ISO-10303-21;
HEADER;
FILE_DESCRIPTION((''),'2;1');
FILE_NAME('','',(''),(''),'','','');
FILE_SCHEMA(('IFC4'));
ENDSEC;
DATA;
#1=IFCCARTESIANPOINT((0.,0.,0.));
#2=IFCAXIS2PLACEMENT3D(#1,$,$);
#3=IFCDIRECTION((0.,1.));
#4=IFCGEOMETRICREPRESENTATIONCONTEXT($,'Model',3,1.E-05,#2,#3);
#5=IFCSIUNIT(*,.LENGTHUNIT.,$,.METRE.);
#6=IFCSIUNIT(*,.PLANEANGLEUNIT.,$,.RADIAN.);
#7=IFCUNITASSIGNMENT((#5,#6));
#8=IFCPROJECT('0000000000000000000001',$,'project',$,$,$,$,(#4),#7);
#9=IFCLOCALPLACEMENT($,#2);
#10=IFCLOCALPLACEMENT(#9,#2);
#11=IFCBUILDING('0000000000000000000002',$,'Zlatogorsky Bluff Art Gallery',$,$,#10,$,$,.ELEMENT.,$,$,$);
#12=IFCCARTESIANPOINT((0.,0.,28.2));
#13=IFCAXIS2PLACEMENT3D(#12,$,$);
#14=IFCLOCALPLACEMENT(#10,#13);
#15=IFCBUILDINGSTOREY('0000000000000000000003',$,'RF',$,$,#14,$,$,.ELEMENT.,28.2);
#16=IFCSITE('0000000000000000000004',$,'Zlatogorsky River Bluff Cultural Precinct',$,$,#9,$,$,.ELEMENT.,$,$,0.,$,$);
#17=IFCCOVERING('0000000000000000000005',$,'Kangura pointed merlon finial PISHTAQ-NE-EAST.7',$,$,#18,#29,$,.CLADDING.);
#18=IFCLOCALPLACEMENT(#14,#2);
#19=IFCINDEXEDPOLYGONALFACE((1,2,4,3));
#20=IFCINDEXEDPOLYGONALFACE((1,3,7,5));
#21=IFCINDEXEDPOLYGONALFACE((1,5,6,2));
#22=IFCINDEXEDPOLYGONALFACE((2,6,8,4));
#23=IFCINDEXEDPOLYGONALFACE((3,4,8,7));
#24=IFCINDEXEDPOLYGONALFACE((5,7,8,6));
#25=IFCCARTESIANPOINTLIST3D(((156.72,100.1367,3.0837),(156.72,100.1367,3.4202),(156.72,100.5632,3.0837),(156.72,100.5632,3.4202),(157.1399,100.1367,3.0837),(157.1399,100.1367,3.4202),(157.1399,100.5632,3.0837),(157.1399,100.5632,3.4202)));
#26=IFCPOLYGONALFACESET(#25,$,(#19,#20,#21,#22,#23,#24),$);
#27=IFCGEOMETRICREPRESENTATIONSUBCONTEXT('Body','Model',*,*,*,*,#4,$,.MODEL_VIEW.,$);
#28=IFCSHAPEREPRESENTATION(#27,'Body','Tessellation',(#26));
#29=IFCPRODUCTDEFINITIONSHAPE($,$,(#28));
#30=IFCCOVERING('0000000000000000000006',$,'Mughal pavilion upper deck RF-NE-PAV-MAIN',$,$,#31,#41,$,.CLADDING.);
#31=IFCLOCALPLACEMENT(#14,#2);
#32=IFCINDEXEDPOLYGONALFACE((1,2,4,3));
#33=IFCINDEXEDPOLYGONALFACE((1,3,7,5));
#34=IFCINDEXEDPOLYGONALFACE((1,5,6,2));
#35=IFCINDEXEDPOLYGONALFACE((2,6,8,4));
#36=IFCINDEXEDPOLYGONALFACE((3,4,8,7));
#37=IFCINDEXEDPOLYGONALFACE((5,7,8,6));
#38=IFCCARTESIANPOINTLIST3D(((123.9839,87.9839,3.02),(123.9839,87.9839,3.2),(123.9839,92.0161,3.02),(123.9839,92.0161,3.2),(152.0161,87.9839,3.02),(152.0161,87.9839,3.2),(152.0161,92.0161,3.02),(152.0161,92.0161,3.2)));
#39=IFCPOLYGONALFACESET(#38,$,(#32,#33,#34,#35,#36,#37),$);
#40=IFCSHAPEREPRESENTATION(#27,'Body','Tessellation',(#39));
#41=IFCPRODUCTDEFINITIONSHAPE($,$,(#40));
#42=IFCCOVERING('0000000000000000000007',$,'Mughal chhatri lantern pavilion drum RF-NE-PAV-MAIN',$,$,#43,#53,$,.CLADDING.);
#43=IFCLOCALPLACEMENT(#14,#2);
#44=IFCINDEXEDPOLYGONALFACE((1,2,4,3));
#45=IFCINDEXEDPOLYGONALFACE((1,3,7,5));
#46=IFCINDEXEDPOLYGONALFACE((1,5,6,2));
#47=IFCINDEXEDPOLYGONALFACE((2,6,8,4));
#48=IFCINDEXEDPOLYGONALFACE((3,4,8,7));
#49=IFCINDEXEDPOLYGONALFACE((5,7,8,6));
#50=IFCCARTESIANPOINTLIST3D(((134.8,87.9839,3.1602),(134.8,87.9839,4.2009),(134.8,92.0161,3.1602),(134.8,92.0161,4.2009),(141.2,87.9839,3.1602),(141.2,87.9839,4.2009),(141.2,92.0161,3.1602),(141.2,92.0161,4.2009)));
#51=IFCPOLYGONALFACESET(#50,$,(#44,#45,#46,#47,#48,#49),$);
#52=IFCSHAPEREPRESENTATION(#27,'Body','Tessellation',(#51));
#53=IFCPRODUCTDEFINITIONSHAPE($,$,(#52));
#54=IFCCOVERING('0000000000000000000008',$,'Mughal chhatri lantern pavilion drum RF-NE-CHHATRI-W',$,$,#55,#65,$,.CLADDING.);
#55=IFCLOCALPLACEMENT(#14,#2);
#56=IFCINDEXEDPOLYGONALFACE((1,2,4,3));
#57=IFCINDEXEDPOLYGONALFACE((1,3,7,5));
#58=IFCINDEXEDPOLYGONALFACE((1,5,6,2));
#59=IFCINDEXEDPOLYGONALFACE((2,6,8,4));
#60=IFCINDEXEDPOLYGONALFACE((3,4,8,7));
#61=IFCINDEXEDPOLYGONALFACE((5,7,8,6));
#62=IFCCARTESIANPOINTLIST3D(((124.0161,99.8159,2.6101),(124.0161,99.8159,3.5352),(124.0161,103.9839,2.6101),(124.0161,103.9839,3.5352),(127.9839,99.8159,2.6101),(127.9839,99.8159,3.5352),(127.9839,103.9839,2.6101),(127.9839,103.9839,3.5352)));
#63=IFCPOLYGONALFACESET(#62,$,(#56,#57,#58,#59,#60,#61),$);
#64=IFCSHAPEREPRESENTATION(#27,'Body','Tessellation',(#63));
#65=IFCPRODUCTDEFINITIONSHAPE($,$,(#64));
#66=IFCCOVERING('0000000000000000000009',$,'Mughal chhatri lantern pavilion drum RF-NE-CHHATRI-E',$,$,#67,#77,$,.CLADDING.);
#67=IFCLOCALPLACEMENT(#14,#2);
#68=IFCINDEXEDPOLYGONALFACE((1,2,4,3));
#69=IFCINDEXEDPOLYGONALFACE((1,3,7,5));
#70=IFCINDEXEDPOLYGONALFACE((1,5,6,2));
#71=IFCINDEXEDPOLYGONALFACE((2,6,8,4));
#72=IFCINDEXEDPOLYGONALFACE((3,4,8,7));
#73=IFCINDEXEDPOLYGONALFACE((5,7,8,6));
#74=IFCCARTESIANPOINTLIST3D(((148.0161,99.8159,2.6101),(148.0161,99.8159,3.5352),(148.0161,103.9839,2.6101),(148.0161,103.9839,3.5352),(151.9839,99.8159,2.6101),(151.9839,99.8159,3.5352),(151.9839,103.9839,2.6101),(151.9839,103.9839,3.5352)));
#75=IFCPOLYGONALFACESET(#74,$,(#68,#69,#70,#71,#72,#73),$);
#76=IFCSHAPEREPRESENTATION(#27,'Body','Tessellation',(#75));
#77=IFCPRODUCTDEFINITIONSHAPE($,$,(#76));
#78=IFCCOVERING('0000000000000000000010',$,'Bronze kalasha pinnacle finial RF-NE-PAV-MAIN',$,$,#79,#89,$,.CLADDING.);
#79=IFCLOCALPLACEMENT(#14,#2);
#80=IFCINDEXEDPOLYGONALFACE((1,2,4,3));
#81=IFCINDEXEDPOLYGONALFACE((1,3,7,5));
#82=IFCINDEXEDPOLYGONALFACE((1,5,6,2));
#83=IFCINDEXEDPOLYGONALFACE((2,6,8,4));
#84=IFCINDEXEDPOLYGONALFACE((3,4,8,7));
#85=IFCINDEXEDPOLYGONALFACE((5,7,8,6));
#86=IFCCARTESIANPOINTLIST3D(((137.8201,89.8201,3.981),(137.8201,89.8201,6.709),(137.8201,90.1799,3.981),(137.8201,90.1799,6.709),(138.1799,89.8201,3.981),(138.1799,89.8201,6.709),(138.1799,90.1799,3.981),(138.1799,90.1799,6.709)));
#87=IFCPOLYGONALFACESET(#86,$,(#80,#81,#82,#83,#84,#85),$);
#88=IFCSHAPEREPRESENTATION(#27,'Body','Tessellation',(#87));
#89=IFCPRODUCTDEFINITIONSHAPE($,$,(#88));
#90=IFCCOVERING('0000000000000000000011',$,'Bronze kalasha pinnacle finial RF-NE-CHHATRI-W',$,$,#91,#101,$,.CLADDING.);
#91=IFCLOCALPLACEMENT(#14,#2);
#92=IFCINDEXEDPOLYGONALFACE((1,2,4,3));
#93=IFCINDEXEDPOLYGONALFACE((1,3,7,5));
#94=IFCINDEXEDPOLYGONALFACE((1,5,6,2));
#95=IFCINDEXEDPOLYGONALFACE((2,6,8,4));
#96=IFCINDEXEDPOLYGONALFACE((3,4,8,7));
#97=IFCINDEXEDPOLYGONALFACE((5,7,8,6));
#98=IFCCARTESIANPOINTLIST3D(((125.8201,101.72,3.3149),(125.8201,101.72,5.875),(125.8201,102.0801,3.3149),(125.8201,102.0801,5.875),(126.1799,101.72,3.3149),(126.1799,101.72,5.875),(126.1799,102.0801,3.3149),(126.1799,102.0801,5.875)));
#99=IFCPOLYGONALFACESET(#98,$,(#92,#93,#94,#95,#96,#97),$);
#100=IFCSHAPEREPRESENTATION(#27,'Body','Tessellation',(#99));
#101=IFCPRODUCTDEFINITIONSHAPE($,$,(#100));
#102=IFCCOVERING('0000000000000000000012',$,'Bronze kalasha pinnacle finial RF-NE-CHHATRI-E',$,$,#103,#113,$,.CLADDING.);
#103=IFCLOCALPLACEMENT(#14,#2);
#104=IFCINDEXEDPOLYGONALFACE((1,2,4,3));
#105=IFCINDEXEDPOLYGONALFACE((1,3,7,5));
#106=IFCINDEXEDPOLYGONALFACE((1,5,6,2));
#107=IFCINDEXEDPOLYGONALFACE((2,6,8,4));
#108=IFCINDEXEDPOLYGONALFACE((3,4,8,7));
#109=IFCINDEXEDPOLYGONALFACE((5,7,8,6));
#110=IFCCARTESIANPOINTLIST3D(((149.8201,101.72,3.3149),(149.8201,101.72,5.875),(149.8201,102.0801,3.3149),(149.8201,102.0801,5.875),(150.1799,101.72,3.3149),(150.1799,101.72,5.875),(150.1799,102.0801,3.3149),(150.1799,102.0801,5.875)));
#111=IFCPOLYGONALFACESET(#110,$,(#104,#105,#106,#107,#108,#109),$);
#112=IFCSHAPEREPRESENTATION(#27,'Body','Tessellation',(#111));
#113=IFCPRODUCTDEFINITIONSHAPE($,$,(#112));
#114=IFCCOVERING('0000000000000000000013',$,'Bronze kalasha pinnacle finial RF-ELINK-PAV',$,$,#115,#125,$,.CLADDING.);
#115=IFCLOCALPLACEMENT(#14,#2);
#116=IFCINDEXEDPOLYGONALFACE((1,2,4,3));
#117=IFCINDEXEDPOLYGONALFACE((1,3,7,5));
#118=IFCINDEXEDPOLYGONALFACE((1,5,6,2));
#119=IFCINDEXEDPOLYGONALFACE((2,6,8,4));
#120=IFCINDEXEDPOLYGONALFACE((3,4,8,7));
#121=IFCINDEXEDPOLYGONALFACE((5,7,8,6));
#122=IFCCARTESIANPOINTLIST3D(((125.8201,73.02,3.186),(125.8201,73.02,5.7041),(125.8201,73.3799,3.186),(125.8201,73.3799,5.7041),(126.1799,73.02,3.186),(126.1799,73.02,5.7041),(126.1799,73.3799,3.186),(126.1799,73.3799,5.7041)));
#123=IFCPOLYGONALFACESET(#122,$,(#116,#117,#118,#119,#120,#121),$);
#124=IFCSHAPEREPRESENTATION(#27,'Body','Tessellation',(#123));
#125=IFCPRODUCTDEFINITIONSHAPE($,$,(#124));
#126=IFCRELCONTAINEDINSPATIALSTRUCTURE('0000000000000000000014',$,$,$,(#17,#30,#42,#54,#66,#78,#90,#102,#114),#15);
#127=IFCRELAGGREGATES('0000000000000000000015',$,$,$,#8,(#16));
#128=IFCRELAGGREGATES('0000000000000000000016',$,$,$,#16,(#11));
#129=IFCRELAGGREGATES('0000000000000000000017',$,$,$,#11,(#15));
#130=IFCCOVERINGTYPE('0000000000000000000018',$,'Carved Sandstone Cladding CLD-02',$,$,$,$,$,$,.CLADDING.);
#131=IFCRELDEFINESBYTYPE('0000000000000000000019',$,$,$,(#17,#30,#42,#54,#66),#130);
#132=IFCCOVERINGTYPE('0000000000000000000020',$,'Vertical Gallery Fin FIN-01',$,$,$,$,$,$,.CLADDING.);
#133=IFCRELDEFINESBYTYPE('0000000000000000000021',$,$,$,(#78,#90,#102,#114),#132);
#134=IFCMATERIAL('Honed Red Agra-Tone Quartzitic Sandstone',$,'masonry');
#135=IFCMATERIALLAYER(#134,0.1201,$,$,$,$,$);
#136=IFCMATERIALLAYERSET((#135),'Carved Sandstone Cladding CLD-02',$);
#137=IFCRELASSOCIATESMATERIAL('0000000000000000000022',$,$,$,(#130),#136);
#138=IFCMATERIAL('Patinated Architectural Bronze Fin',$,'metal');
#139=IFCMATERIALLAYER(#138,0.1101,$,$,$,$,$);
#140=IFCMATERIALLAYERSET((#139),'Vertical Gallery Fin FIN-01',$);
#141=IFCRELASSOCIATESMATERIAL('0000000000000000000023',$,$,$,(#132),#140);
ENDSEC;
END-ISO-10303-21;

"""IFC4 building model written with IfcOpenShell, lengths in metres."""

from ifc_helpers import new_model, si_unit, direction, frame, origin, place, context, subcontext, project, spatial, polyline, outline, extrude, material, layer, layer_set, type_object, element, save


model = new_model("IFC4")

# Units and contexts
model_context = context("Model", 3, precision=1e-05, world=origin(), true_north=direction((0.0, 1.0)))
body_context = subcontext(model_context, "Body", "Model", "MODEL_VIEW")
ifc_project = project(units=[si_unit("LENGTHUNIT", "METRE"), si_unit("PLANEANGLEUNIT", "RADIAN")], contexts=[model_context])

# Site, building, storey
site_placement = place(None, origin())
site = spatial("IfcSite", under=ifc_project, at=site_placement, Name="Zlatogorsky River Bluff Cultural Precinct", CompositionType="ELEMENT", RefElevation=0.0)
building_placement = place(site_placement, origin())
building = spatial("IfcBuilding", under=site, at=building_placement, Name="Zlatogorsky Bluff Art Gallery", CompositionType="ELEMENT")
storey_placement = place(building_placement, frame((0.0, 0.0, 28.2)))
storey = spatial("IfcBuildingStorey", under=building, at=storey_placement, Name="RF", CompositionType="ELEMENT", Elevation=28.2)

# Coverings
ifc_material_1 = material(Name="Honed Red Agra-Tone Quartzitic Sandstone", Category="masonry")
ifc_layer_1 = layer(ifc_material_1, 0.1201)
ifc_layer_set_1 = layer_set([ifc_layer_1], Name="Carved Sandstone Cladding CLD-02")
covering_type_1 = type_object("IfcCoveringType", Name="Carved Sandstone Cladding CLD-02", PredefinedType="CLADDING", material=ifc_layer_set_1)
covering_1_placement = place(storey_placement, frame((0.0, 0.0, 3.0837)))
element("IfcCovering", 1, at=covering_1_placement, inside=storey, type_object=covering_type_1, Name="Kangura pointed merlon finial PISHTAQ-NE-EAST.7", PredefinedType="CLADDING", context=body_context, shape_type="SweptSolid", body=[
    extrude(outline(polyline([(156.72, 100.1367), (156.72, 100.5632), (157.1399, 100.5632), (157.1399, 100.1367), (156.72, 100.1367)])), origin(), (0.0, 0.0, 1.0), 0.3364),
])
covering_2_placement = place(storey_placement, frame((0.0, 0.0, 3.02)))
element("IfcCovering", 2, at=covering_2_placement, inside=storey, type_object=covering_type_1, Name="Mughal pavilion upper deck RF-NE-PAV-MAIN", PredefinedType="CLADDING", context=body_context, shape_type="SweptSolid", body=[
    extrude(outline(polyline([(123.9839, 87.9839), (152.0161, 87.9839), (152.0161, 92.0161), (123.9839, 92.0161), (123.9839, 87.9839)])), origin(), (0.0, 0.0, 1.0), 0.1799),
])
covering_3_placement = place(storey_placement, frame((0.0, 0.0, 3.1602)))
element("IfcCovering", 3, at=covering_3_placement, inside=storey, type_object=covering_type_1, Name="Mughal chhatri lantern pavilion drum RF-NE-PAV-MAIN", PredefinedType="CLADDING", context=body_context, shape_type="SweptSolid", body=[
    extrude(outline(polyline([(134.8, 87.9839), (141.2, 87.9839), (141.2, 92.0161), (134.8, 92.0161), (134.8, 87.9839)])), origin(), (0.0, 0.0, 1.0), 1.0408),
])
covering_4_placement = place(storey_placement, frame((0.0, 0.0, 2.6101)))
element("IfcCovering", 4, at=covering_4_placement, inside=storey, type_object=covering_type_1, Name="Mughal chhatri lantern pavilion drum RF-NE-CHHATRI-W", PredefinedType="CLADDING", context=body_context, shape_type="SweptSolid", body=[
    extrude(outline(polyline([(124.0161, 99.8159), (127.9839, 99.8159), (127.9839, 103.9839), (124.0161, 103.9839), (124.0161, 99.8159)])), origin(), (0.0, 0.0, 1.0), 0.925),
])
covering_5_placement = place(storey_placement, frame((0.0, 0.0, 2.6101)))
element("IfcCovering", 5, at=covering_5_placement, inside=storey, type_object=covering_type_1, Name="Mughal chhatri lantern pavilion drum RF-NE-CHHATRI-E", PredefinedType="CLADDING", context=body_context, shape_type="SweptSolid", body=[
    extrude(outline(polyline([(148.0161, 99.8159), (151.9839, 99.8159), (151.9839, 103.9839), (148.0161, 103.9839), (148.0161, 99.8159)])), origin(), (0.0, 0.0, 1.0), 0.925),
])
ifc_material_2 = material(Name="Patinated Architectural Bronze Fin", Category="metal")
ifc_layer_2 = layer(ifc_material_2, 0.1101)
ifc_layer_set_2 = layer_set([ifc_layer_2], Name="Vertical Gallery Fin FIN-01")
covering_type_2 = type_object("IfcCoveringType", Name="Vertical Gallery Fin FIN-01", PredefinedType="CLADDING", material=ifc_layer_set_2)
covering_6_placement = place(storey_placement, frame((0.0, 0.0, 3.981)))
element("IfcCovering", 6, at=covering_6_placement, inside=storey, type_object=covering_type_2, Name="Bronze kalasha pinnacle finial RF-NE-PAV-MAIN", PredefinedType="CLADDING", context=body_context, shape_type="SweptSolid", body=[
    extrude(outline(polyline([(137.8201, 89.8201), (138.1799, 89.8201), (138.1799, 90.1799), (137.8201, 90.1799), (137.8201, 89.8201)])), origin(), (0.0, 0.0, 1.0), 2.728),
])
covering_7_placement = place(storey_placement, frame((0.0, 0.0, 3.3149)))
element("IfcCovering", 7, at=covering_7_placement, inside=storey, type_object=covering_type_2, Name="Bronze kalasha pinnacle finial RF-NE-CHHATRI-W", PredefinedType="CLADDING", context=body_context, shape_type="SweptSolid", body=[
    extrude(outline(polyline([(125.8201, 101.72), (126.1799, 101.72), (126.1799, 102.0801), (125.8201, 102.0801), (125.8201, 101.72)])), origin(), (0.0, 0.0, 1.0), 2.5601),
])
covering_8_placement = place(storey_placement, frame((0.0, 0.0, 3.3149)))
element("IfcCovering", 8, at=covering_8_placement, inside=storey, type_object=covering_type_2, Name="Bronze kalasha pinnacle finial RF-NE-CHHATRI-E", PredefinedType="CLADDING", context=body_context, shape_type="SweptSolid", body=[
    extrude(outline(polyline([(149.8201, 101.72), (150.1799, 101.72), (150.1799, 102.0801), (149.8201, 102.0801), (149.8201, 101.72)])), origin(), (0.0, 0.0, 1.0), 2.5601),
])
covering_9_placement = place(storey_placement, frame((0.0, 0.0, 3.186)))
element("IfcCovering", 9, at=covering_9_placement, inside=storey, type_object=covering_type_2, Name="Bronze kalasha pinnacle finial RF-ELINK-PAV", PredefinedType="CLADDING", context=body_context, shape_type="SweptSolid", body=[
    extrude(outline(polyline([(125.8201, 73.02), (126.1799, 73.02), (126.1799, 73.3799), (125.8201, 73.3799), (125.8201, 73.02)])), origin(), (0.0, 0.0, 1.0), 2.5181),
])

save(model, "model.ifc")
